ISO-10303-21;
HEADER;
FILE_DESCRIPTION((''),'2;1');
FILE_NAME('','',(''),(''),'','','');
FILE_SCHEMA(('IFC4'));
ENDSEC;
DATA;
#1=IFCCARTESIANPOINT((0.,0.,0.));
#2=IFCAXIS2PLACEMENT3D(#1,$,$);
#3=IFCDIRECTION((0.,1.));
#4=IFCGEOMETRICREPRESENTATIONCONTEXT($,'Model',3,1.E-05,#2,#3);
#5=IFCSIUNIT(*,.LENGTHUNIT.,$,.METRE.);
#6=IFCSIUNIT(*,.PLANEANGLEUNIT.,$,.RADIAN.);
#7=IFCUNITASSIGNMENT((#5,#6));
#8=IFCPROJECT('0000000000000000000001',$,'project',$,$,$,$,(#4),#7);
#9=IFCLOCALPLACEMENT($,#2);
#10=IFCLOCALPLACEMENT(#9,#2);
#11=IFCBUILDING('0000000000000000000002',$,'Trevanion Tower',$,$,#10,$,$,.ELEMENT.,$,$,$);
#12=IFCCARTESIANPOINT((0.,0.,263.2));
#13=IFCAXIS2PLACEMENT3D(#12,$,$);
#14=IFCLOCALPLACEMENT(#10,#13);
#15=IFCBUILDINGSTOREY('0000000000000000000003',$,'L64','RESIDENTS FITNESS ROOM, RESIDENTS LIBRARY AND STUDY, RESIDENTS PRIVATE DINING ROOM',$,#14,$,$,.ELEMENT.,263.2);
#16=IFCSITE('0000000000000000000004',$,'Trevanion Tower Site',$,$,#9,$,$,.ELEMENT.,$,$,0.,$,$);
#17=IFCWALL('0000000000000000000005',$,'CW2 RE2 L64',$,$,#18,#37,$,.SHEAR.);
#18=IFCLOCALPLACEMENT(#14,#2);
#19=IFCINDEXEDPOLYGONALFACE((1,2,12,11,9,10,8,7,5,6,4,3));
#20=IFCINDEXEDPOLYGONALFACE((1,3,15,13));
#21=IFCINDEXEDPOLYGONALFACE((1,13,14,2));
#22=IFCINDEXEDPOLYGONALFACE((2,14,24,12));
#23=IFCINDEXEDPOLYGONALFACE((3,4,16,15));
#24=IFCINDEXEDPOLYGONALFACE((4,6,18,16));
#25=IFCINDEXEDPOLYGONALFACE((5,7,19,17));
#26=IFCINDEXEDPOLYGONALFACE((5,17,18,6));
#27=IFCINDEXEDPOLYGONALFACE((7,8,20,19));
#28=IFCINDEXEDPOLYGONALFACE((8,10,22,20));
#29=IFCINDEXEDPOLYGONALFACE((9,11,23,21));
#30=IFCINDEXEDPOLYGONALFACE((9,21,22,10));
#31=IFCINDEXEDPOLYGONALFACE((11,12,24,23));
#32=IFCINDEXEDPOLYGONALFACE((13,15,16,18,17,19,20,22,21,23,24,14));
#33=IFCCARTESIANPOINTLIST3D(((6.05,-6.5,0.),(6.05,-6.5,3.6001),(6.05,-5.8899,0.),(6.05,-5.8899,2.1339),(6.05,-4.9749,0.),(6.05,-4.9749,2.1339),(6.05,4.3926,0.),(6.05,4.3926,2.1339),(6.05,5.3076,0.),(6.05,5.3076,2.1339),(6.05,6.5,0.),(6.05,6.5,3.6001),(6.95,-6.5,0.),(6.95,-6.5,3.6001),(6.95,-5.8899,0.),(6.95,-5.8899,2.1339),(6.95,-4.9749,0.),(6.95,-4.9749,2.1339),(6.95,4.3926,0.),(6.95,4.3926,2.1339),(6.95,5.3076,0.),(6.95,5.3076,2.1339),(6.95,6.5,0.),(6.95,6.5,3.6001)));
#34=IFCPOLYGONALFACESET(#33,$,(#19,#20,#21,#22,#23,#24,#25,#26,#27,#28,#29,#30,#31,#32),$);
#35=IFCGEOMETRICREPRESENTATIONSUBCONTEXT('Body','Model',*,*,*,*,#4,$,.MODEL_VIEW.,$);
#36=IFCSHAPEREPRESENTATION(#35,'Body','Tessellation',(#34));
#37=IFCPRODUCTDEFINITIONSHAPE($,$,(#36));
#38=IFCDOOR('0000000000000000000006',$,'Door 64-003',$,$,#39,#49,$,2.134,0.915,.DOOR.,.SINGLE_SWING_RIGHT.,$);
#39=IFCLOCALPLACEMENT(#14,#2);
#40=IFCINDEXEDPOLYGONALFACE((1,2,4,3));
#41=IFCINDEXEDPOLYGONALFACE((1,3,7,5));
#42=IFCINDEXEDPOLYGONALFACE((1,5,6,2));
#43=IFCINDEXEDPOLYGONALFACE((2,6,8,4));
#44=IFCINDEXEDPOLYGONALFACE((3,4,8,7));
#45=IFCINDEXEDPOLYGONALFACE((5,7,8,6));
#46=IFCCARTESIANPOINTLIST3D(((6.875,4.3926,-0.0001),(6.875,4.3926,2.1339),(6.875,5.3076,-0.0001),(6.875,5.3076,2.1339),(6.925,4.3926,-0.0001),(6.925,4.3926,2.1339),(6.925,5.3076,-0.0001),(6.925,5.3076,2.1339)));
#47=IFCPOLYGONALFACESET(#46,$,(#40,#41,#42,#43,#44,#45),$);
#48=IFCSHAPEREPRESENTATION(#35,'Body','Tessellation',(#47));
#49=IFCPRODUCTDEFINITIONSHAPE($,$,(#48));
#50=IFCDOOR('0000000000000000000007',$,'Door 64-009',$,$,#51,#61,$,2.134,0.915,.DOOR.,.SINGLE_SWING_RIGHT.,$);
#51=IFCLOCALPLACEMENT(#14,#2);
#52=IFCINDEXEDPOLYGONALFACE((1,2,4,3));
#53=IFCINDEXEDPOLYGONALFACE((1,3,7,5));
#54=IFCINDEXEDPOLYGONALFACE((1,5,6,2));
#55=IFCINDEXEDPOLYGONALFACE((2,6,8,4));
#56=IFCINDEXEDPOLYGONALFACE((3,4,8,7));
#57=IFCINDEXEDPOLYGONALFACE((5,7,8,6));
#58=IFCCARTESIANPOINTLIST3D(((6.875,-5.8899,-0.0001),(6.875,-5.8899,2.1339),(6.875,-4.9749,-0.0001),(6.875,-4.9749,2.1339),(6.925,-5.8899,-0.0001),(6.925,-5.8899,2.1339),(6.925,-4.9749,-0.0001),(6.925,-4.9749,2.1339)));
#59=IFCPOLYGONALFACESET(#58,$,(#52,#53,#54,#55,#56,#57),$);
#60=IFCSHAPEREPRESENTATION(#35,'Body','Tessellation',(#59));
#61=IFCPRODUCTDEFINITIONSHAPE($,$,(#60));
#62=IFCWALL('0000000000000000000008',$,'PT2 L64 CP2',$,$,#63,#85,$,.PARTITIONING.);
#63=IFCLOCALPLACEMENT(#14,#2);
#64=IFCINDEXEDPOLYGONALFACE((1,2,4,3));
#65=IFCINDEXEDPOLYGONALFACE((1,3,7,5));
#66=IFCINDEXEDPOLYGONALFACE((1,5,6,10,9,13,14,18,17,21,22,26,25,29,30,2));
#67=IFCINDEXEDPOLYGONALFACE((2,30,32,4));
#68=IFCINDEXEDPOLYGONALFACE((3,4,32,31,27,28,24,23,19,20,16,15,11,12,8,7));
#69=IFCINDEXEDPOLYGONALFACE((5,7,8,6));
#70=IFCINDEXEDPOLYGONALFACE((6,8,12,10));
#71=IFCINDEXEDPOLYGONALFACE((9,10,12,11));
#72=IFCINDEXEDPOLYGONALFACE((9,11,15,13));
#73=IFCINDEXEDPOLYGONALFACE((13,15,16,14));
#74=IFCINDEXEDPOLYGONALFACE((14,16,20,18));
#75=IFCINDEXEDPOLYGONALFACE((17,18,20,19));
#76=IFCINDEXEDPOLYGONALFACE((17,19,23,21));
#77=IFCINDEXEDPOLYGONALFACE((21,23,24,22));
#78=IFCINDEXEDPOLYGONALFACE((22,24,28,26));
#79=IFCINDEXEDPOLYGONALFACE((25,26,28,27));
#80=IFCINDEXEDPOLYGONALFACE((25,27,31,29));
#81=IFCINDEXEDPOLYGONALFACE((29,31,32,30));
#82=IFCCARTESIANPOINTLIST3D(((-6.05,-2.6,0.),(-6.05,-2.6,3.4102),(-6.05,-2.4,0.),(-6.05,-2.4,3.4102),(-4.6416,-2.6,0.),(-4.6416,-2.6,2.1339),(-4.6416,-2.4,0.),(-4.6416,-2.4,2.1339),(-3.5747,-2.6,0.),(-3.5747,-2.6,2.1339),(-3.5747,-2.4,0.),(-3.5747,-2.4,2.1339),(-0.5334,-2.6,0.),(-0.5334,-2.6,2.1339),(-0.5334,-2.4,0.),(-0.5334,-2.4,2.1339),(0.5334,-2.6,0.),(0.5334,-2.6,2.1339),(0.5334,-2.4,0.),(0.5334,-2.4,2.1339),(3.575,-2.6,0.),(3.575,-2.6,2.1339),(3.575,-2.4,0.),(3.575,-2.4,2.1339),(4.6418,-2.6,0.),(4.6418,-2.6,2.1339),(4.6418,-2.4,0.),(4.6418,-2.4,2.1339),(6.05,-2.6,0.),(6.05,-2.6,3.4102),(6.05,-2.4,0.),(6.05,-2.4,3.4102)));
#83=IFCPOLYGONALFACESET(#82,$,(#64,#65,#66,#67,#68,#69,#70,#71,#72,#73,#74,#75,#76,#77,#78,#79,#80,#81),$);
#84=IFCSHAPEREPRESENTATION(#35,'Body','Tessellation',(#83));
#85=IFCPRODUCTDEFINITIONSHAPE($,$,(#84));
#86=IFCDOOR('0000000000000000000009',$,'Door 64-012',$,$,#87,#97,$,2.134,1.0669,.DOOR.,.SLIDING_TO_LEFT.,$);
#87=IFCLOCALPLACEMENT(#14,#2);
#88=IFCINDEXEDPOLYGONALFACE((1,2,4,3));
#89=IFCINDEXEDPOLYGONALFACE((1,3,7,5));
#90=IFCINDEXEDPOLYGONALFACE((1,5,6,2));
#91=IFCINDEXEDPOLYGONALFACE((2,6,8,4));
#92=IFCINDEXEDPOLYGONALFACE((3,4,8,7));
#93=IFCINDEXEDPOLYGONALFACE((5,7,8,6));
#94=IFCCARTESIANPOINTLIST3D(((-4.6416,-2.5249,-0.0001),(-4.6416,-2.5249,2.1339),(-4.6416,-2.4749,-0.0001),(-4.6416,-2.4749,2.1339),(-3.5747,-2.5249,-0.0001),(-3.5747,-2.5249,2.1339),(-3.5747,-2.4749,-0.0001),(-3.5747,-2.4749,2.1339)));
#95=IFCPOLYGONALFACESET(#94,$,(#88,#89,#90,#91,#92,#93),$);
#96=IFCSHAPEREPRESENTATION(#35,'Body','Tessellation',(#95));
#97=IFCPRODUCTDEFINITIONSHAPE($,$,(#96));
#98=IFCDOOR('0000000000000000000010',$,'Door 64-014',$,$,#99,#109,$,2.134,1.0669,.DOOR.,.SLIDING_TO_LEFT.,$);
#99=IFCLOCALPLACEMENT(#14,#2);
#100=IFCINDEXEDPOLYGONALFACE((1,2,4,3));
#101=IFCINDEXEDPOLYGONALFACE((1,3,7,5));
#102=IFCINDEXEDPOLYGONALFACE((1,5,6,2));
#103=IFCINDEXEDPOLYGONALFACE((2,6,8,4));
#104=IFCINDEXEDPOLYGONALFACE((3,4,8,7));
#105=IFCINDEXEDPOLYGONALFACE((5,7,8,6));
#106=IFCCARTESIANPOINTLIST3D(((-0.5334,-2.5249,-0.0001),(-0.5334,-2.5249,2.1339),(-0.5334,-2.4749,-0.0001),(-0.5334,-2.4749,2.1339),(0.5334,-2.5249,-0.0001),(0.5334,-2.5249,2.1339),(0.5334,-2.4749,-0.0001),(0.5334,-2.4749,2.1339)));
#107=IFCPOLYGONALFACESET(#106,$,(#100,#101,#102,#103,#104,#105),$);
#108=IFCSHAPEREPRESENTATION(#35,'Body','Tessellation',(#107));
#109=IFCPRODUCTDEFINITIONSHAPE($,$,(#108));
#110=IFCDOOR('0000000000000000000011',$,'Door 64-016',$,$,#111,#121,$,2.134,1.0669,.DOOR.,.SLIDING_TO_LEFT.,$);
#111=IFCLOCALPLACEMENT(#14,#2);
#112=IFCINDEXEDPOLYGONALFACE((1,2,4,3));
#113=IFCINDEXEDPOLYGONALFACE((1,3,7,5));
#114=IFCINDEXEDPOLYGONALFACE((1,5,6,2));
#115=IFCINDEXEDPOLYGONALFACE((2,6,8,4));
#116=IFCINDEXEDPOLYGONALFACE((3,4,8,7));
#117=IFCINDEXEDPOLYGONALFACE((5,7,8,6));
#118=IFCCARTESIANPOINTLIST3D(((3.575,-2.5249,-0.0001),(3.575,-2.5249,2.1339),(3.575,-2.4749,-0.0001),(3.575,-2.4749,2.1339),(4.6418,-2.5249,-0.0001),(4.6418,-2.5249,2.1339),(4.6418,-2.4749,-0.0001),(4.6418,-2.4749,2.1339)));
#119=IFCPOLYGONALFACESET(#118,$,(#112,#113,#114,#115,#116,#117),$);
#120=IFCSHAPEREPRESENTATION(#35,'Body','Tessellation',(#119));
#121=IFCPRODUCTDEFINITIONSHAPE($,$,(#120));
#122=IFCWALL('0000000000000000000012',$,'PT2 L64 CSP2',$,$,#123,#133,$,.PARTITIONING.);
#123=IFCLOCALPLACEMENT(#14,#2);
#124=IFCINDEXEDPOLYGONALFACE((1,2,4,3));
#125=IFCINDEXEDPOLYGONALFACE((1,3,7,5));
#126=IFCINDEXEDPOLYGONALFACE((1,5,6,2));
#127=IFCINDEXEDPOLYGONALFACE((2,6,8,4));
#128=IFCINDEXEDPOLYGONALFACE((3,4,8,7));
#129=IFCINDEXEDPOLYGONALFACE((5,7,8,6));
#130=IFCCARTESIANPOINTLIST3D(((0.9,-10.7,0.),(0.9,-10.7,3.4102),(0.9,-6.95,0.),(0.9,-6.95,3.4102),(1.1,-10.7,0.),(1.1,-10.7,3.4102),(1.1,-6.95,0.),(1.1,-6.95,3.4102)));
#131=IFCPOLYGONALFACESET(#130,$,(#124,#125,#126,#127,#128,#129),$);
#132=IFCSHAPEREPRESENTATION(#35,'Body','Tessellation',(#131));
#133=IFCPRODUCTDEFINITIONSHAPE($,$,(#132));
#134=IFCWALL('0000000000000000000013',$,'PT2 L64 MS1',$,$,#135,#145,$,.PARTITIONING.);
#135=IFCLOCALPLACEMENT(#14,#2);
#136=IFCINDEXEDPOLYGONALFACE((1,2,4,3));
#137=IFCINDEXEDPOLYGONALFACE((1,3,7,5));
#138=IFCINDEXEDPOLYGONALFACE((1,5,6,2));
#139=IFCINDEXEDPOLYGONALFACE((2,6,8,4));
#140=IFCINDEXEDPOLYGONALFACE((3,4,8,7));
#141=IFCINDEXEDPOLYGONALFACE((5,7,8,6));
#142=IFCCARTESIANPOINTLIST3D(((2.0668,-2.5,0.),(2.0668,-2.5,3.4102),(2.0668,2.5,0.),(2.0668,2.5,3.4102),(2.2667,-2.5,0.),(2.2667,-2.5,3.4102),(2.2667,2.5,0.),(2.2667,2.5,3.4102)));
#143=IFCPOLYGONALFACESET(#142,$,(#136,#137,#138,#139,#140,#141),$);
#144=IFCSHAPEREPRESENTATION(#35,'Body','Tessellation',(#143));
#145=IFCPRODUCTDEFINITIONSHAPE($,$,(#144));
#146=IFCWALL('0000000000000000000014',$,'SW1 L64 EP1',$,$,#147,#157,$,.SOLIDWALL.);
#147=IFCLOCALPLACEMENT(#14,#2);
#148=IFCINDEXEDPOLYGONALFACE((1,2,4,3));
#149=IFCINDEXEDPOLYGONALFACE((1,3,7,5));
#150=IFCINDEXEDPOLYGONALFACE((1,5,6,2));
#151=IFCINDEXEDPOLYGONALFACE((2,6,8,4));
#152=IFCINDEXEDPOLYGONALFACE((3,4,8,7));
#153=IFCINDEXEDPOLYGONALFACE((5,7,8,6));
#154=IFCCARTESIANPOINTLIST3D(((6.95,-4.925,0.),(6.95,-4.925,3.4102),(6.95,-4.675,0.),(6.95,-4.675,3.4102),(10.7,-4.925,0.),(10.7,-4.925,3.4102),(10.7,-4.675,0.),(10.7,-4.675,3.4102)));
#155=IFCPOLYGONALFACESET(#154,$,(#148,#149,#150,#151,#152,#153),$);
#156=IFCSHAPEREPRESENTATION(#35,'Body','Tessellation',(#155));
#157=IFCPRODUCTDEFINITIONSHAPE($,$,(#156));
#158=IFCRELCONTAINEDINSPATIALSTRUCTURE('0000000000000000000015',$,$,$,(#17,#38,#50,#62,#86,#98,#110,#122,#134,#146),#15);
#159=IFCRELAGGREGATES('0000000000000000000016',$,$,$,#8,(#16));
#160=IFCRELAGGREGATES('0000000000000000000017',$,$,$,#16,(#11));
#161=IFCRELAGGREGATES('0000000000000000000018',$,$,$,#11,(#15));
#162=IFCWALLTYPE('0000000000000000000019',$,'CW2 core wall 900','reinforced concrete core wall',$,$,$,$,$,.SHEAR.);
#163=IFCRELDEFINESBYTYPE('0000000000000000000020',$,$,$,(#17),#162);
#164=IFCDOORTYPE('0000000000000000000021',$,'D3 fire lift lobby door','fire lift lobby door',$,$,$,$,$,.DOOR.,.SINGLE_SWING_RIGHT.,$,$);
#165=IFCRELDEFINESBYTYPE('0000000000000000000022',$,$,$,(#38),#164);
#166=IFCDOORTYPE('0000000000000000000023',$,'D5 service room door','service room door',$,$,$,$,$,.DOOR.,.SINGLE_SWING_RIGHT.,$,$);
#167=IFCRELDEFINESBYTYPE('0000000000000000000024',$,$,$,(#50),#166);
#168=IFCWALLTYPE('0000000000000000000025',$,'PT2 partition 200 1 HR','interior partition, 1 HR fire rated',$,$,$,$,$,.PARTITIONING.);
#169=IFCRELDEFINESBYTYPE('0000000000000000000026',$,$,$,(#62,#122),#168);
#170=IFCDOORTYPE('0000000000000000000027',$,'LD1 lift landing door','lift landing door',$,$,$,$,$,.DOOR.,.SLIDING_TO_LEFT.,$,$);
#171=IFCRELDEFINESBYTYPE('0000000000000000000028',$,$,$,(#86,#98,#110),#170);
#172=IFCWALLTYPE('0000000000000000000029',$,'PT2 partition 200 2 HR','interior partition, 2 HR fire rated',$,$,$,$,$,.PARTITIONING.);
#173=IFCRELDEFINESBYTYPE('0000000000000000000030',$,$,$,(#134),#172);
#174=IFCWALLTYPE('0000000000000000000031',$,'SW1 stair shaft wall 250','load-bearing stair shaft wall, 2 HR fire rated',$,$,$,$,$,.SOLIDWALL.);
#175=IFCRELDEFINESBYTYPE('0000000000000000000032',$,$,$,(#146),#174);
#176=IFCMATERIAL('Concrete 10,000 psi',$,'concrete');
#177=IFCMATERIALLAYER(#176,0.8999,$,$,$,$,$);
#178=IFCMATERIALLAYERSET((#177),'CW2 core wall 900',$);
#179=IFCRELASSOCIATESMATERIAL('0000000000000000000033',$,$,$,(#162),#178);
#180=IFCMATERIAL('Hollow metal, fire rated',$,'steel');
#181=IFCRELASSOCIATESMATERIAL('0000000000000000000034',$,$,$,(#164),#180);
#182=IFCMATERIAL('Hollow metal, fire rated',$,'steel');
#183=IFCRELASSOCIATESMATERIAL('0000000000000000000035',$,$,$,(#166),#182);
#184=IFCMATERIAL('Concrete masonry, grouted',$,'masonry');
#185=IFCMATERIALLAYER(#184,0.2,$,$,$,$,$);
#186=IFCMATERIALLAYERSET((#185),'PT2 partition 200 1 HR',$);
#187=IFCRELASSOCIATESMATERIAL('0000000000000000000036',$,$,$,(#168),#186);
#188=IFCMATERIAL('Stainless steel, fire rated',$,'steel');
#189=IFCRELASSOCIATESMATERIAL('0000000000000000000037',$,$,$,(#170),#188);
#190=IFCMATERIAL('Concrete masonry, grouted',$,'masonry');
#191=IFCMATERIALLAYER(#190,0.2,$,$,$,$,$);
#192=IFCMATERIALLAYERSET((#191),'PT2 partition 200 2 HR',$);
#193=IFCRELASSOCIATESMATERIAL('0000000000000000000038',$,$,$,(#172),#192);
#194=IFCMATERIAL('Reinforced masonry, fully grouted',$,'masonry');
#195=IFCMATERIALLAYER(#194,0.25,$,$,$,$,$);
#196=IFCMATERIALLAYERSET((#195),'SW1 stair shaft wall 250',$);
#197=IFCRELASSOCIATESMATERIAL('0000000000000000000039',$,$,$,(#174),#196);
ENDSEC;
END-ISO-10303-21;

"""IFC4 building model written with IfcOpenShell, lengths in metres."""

from ifc_helpers import new_model, si_unit, direction, frame, frame_2d, origin, place, context, subcontext, project, spatial, rectangle, extrude, material, layer, layer_set, type_object, element, fill, save


model = new_model("IFC4")

# Units and contexts
model_context = context("Model", 3, precision=1e-05, world=origin(), true_north=direction((0.0, 1.0)))
body_context = subcontext(model_context, "Body", "Model", "MODEL_VIEW")
ifc_project = project(units=[si_unit("LENGTHUNIT", "METRE"), si_unit("PLANEANGLEUNIT", "RADIAN")], contexts=[model_context])

# Site, building, storey
site_placement = place(None, origin())
site = spatial("IfcSite", under=ifc_project, at=site_placement, Name="Trevanion Tower Site", CompositionType="ELEMENT", RefElevation=0.0)
building_placement = place(site_placement, origin())
building = spatial("IfcBuilding", under=site, at=building_placement, Name="Trevanion Tower", CompositionType="ELEMENT")
storey_placement = place(building_placement, frame((0.0, 0.0, 263.2)))
storey = spatial("IfcBuildingStorey", under=building, at=storey_placement, Name="L64", Description="RESIDENTS FITNESS ROOM, RESIDENTS LIBRARY AND STUDY, RESIDENTS PRIVATE DINING ROOM", CompositionType="ELEMENT", Elevation=263.2)

# Walls, openings, doors
ifc_material_1 = material(Name="Concrete 10,000 psi", Category="concrete")
ifc_layer_1 = layer(ifc_material_1, 0.8999)
ifc_layer_set_1 = layer_set([ifc_layer_1], Name="CW2 core wall 900")
wall_type_1 = type_object("IfcWallType", Name="CW2 core wall 900", Description="reinforced concrete core wall", PredefinedType="SHEAR", material=ifc_layer_set_1)
wall_1_placement = place(storey_placement, frame((6.5, -6.5, 0.0), z_axis=(0.0, 0.0, 1.0), x_axis=(0.0, 1.0, 0.0)))
wall_1 = element("IfcWall", 1, at=wall_1_placement, inside=storey, type_object=wall_type_1, Name="CW2 RE2 L64", PredefinedType="SHEAR", context=body_context, shape_type="SweptSolid", body=[
    extrude(rectangle(XDim=13.0, YDim=0.8999, at=frame_2d((6.5, 0.0))), origin(), (0.0, 0.0, 1.0), 3.6001),
])
opening_1_placement = place(wall_1_placement, frame((10.8926, 0.0, 0.0)))
opening_1 = element("IfcOpeningElement", 2, at=opening_1_placement, cuts=wall_1, PredefinedType="OPENING", context=body_context, shape_type="SweptSolid", body=[
    extrude(rectangle(XDim=0.915, YDim=2.134, at=frame_2d((0.4575, 1.0669))), frame((0.0, 0.46, 0.0), z_axis=(0.0, -1.0, 0.0), x_axis=(1.0, 0.0, 0.0)), (0.0, 0.0, 1.0), 0.9199),
])
opening_2_placement = place(wall_1_placement, frame((0.6101, 0.0, 0.0)))
opening_2 = element("IfcOpeningElement", 3, at=opening_2_placement, cuts=wall_1, PredefinedType="OPENING", context=body_context, shape_type="SweptSolid", body=[
    extrude(rectangle(XDim=0.915, YDim=2.134, at=frame_2d((0.4575, 1.0669))), frame((0.0, 0.46, 0.0), z_axis=(0.0, -1.0, 0.0), x_axis=(1.0, 0.0, 0.0)), (0.0, 0.0, 1.0), 0.9199),
])
ifc_material_2 = material(Name="Hollow metal, fire rated", Category="steel")
door_type_1 = type_object("IfcDoorType", Name="D3 fire lift lobby door", Description="fire lift lobby door", OperationType="SINGLE_SWING_RIGHT", PredefinedType="DOOR", material=ifc_material_2)
door_1_placement = place(opening_1_placement, origin())
door_1 = element("IfcDoor", 4, at=door_1_placement, inside=storey, type_object=door_type_1, Name="Door 64-003", OperationType="SINGLE_SWING_RIGHT", OverallHeight=2.134, OverallWidth=0.915, PredefinedType="DOOR", context=body_context, shape_type="SweptSolid", body=[
    extrude(rectangle(XDim=0.915, YDim=2.134, at=frame_2d((0.4575, 1.0669))), frame((0.0, -0.375, 0.0), z_axis=(0.0, -1.0, 0.0), x_axis=(1.0, 0.0, 0.0)), (0.0, 0.0, 1.0), 0.05),
])
fill(opening_1, door_1)
ifc_material_3 = material(Name="Hollow metal, fire rated", Category="steel")
door_type_2 = type_object("IfcDoorType", Name="D5 service room door", Description="service room door", OperationType="SINGLE_SWING_RIGHT", PredefinedType="DOOR", material=ifc_material_3)
door_2_placement = place(opening_2_placement, origin())
door_2 = element("IfcDoor", 5, at=door_2_placement, inside=storey, type_object=door_type_2, Name="Door 64-009", OperationType="SINGLE_SWING_RIGHT", OverallHeight=2.134, OverallWidth=0.915, PredefinedType="DOOR", context=body_context, shape_type="SweptSolid", body=[
    extrude(rectangle(XDim=0.915, YDim=2.134, at=frame_2d((0.4575, 1.0669))), frame((0.0, -0.375, 0.0), z_axis=(0.0, -1.0, 0.0), x_axis=(1.0, 0.0, 0.0)), (0.0, 0.0, 1.0), 0.05),
])
fill(opening_2, door_2)
ifc_material_4 = material(Name="Concrete masonry, grouted", Category="masonry")
ifc_layer_2 = layer(ifc_material_4, 0.2)
ifc_layer_set_2 = layer_set([ifc_layer_2], Name="PT2 partition 200 1 HR")
wall_type_2 = type_object("IfcWallType", Name="PT2 partition 200 1 HR", Description="interior partition, 1 HR fire rated", PredefinedType="PARTITIONING", material=ifc_layer_set_2)
wall_2_placement = place(storey_placement, frame((6.05, -2.5, 0.0), z_axis=(0.0, 0.0, 1.0), x_axis=(-1.0, 0.0, 0.0)))
wall_2 = element("IfcWall", 6, at=wall_2_placement, inside=storey, type_object=wall_type_2, Name="PT2 L64 CP2", PredefinedType="PARTITIONING", context=body_context, shape_type="SweptSolid", body=[
    extrude(rectangle(XDim=12.1001, YDim=0.2, at=frame_2d((6.05, 0.0))), origin(), (0.0, 0.0, 1.0), 3.4102),
])
opening_3_placement = place(wall_2_placement, frame((9.6248, 0.0, 0.0)))
opening_3 = element("IfcOpeningElement", 7, at=opening_3_placement, cuts=wall_2, PredefinedType="OPENING", context=body_context, shape_type="SweptSolid", body=[
    extrude(rectangle(XDim=1.0669, YDim=2.134, at=frame_2d((0.5334, 1.0669))), frame((0.0, 0.1099, 0.0), z_axis=(0.0, -1.0, 0.0), x_axis=(1.0, 0.0, 0.0)), (0.0, 0.0, 1.0), 0.22),
])
opening_4_placement = place(wall_2_placement, frame((5.5166, 0.0, 0.0)))
opening_4 = element("IfcOpeningElement", 8, at=opening_4_placement, cuts=wall_2, PredefinedType="OPENING", context=body_context, shape_type="SweptSolid", body=[
    extrude(rectangle(XDim=1.0669, YDim=2.134, at=frame_2d((0.5334, 1.0669))), frame((0.0, 0.1099, 0.0), z_axis=(0.0, -1.0, 0.0), x_axis=(1.0, 0.0, 0.0)), (0.0, 0.0, 1.0), 0.22),
])
opening_5_placement = place(wall_2_placement, frame((1.4082, 0.0, 0.0)))
opening_5 = element("IfcOpeningElement", 9, at=opening_5_placement, cuts=wall_2, PredefinedType="OPENING", context=body_context, shape_type="SweptSolid", body=[
    extrude(rectangle(XDim=1.0669, YDim=2.134, at=frame_2d((0.5334, 1.0669))), frame((0.0, 0.1099, 0.0), z_axis=(0.0, -1.0, 0.0), x_axis=(1.0, 0.0, 0.0)), (0.0, 0.0, 1.0), 0.22),
])
ifc_material_5 = material(Name="Stainless steel, fire rated", Category="steel")
door_type_3 = type_object("IfcDoorType", Name="LD1 lift landing door", Description="lift landing door", OperationType="SLIDING_TO_LEFT", PredefinedType="DOOR", material=ifc_material_5)
door_3_placement = place(opening_3_placement, origin())
door_3 = element("IfcDoor", 10, at=door_3_placement, inside=storey, type_object=door_type_3, Name="Door 64-012", OperationType="SLIDING_TO_LEFT", OverallHeight=2.134, OverallWidth=1.0669, PredefinedType="DOOR", context=body_context, shape_type="SweptSolid", body=[
    extrude(rectangle(XDim=1.0669, YDim=2.134, at=frame_2d((0.5334, 1.0669))), frame((0.0, 0.0249, 0.0), z_axis=(0.0, -1.0, 0.0), x_axis=(1.0, 0.0, 0.0)), (0.0, 0.0, 1.0), 0.05),
])
fill(opening_3, door_3)
door_4_placement = place(opening_4_placement, origin())
door_4 = element("IfcDoor", 11, at=door_4_placement, inside=storey, type_object=door_type_3, Name="Door 64-014", OperationType="SLIDING_TO_LEFT", OverallHeight=2.134, OverallWidth=1.0669, PredefinedType="DOOR", context=body_context, shape_type="SweptSolid", body=[
    extrude(rectangle(XDim=1.0669, YDim=2.134, at=frame_2d((0.5334, 1.0669))), frame((0.0, 0.0249, 0.0), z_axis=(0.0, -1.0, 0.0), x_axis=(1.0, 0.0, 0.0)), (0.0, 0.0, 1.0), 0.05),
])
fill(opening_4, door_4)
door_5_placement = place(opening_5_placement, origin())
door_5 = element("IfcDoor", 12, at=door_5_placement, inside=storey, type_object=door_type_3, Name="Door 64-016", OperationType="SLIDING_TO_LEFT", OverallHeight=2.134, OverallWidth=1.0669, PredefinedType="DOOR", context=body_context, shape_type="SweptSolid", body=[
    extrude(rectangle(XDim=1.0669, YDim=2.134, at=frame_2d((0.5334, 1.0669))), frame((0.0, 0.0249, 0.0), z_axis=(0.0, -1.0, 0.0), x_axis=(1.0, 0.0, 0.0)), (0.0, 0.0, 1.0), 0.05),
])
fill(opening_5, door_5)

# Walls
wall_3_placement = place(storey_placement, frame((1.0, -6.95, 0.0), z_axis=(0.0, 0.0, 1.0), x_axis=(0.0, -1.0, 0.0)))
element("IfcWall", 13, at=wall_3_placement, inside=storey, type_object=wall_type_2, Name="PT2 L64 CSP2", PredefinedType="PARTITIONING", context=body_context, shape_type="SweptSolid", body=[
    extrude(rectangle(XDim=3.75, YDim=0.2, at=frame_2d((1.875, 0.0))), origin(), (0.0, 0.0, 1.0), 3.4102),
])
ifc_material_6 = material(Name="Concrete masonry, grouted", Category="masonry")
ifc_layer_3 = layer(ifc_material_6, 0.2)
ifc_layer_set_3 = layer_set([ifc_layer_3], Name="PT2 partition 200 2 HR")
wall_type_3 = type_object("IfcWallType", Name="PT2 partition 200 2 HR", Description="interior partition, 2 HR fire rated", PredefinedType="PARTITIONING", material=ifc_layer_set_3)
wall_4_placement = place(storey_placement, frame((2.1667, -2.5, 0.0), z_axis=(0.0, 0.0, 1.0), x_axis=(0.0, 1.0, 0.0)))
element("IfcWall", 14, at=wall_4_placement, inside=storey, type_object=wall_type_3, Name="PT2 L64 MS1", PredefinedType="PARTITIONING", context=body_context, shape_type="SweptSolid", body=[
    extrude(rectangle(XDim=5.0, YDim=0.2, at=frame_2d((2.5, 0.0))), origin(), (0.0, 0.0, 1.0), 3.4102),
])
ifc_material_7 = material(Name="Reinforced masonry, fully grouted", Category="masonry")
ifc_layer_4 = layer(ifc_material_7, 0.25)
ifc_layer_set_4 = layer_set([ifc_layer_4], Name="SW1 stair shaft wall 250")
wall_type_4 = type_object("IfcWallType", Name="SW1 stair shaft wall 250", Description="load-bearing stair shaft wall, 2 HR fire rated", PredefinedType="SOLIDWALL", material=ifc_layer_set_4)
wall_5_placement = place(storey_placement, frame((6.95, -4.8, 0.0), z_axis=(0.0, 0.0, 1.0), x_axis=(1.0, 0.0, 0.0)))
element("IfcWall", 15, at=wall_5_placement, inside=storey, type_object=wall_type_4, Name="SW1 L64 EP1", PredefinedType="SOLIDWALL", context=body_context, shape_type="SweptSolid", body=[
    extrude(rectangle(XDim=3.75, YDim=0.25, at=frame_2d((1.875, 0.0))), origin(), (0.0, 0.0, 1.0), 3.4102),
])

save(model, "model.ifc")
